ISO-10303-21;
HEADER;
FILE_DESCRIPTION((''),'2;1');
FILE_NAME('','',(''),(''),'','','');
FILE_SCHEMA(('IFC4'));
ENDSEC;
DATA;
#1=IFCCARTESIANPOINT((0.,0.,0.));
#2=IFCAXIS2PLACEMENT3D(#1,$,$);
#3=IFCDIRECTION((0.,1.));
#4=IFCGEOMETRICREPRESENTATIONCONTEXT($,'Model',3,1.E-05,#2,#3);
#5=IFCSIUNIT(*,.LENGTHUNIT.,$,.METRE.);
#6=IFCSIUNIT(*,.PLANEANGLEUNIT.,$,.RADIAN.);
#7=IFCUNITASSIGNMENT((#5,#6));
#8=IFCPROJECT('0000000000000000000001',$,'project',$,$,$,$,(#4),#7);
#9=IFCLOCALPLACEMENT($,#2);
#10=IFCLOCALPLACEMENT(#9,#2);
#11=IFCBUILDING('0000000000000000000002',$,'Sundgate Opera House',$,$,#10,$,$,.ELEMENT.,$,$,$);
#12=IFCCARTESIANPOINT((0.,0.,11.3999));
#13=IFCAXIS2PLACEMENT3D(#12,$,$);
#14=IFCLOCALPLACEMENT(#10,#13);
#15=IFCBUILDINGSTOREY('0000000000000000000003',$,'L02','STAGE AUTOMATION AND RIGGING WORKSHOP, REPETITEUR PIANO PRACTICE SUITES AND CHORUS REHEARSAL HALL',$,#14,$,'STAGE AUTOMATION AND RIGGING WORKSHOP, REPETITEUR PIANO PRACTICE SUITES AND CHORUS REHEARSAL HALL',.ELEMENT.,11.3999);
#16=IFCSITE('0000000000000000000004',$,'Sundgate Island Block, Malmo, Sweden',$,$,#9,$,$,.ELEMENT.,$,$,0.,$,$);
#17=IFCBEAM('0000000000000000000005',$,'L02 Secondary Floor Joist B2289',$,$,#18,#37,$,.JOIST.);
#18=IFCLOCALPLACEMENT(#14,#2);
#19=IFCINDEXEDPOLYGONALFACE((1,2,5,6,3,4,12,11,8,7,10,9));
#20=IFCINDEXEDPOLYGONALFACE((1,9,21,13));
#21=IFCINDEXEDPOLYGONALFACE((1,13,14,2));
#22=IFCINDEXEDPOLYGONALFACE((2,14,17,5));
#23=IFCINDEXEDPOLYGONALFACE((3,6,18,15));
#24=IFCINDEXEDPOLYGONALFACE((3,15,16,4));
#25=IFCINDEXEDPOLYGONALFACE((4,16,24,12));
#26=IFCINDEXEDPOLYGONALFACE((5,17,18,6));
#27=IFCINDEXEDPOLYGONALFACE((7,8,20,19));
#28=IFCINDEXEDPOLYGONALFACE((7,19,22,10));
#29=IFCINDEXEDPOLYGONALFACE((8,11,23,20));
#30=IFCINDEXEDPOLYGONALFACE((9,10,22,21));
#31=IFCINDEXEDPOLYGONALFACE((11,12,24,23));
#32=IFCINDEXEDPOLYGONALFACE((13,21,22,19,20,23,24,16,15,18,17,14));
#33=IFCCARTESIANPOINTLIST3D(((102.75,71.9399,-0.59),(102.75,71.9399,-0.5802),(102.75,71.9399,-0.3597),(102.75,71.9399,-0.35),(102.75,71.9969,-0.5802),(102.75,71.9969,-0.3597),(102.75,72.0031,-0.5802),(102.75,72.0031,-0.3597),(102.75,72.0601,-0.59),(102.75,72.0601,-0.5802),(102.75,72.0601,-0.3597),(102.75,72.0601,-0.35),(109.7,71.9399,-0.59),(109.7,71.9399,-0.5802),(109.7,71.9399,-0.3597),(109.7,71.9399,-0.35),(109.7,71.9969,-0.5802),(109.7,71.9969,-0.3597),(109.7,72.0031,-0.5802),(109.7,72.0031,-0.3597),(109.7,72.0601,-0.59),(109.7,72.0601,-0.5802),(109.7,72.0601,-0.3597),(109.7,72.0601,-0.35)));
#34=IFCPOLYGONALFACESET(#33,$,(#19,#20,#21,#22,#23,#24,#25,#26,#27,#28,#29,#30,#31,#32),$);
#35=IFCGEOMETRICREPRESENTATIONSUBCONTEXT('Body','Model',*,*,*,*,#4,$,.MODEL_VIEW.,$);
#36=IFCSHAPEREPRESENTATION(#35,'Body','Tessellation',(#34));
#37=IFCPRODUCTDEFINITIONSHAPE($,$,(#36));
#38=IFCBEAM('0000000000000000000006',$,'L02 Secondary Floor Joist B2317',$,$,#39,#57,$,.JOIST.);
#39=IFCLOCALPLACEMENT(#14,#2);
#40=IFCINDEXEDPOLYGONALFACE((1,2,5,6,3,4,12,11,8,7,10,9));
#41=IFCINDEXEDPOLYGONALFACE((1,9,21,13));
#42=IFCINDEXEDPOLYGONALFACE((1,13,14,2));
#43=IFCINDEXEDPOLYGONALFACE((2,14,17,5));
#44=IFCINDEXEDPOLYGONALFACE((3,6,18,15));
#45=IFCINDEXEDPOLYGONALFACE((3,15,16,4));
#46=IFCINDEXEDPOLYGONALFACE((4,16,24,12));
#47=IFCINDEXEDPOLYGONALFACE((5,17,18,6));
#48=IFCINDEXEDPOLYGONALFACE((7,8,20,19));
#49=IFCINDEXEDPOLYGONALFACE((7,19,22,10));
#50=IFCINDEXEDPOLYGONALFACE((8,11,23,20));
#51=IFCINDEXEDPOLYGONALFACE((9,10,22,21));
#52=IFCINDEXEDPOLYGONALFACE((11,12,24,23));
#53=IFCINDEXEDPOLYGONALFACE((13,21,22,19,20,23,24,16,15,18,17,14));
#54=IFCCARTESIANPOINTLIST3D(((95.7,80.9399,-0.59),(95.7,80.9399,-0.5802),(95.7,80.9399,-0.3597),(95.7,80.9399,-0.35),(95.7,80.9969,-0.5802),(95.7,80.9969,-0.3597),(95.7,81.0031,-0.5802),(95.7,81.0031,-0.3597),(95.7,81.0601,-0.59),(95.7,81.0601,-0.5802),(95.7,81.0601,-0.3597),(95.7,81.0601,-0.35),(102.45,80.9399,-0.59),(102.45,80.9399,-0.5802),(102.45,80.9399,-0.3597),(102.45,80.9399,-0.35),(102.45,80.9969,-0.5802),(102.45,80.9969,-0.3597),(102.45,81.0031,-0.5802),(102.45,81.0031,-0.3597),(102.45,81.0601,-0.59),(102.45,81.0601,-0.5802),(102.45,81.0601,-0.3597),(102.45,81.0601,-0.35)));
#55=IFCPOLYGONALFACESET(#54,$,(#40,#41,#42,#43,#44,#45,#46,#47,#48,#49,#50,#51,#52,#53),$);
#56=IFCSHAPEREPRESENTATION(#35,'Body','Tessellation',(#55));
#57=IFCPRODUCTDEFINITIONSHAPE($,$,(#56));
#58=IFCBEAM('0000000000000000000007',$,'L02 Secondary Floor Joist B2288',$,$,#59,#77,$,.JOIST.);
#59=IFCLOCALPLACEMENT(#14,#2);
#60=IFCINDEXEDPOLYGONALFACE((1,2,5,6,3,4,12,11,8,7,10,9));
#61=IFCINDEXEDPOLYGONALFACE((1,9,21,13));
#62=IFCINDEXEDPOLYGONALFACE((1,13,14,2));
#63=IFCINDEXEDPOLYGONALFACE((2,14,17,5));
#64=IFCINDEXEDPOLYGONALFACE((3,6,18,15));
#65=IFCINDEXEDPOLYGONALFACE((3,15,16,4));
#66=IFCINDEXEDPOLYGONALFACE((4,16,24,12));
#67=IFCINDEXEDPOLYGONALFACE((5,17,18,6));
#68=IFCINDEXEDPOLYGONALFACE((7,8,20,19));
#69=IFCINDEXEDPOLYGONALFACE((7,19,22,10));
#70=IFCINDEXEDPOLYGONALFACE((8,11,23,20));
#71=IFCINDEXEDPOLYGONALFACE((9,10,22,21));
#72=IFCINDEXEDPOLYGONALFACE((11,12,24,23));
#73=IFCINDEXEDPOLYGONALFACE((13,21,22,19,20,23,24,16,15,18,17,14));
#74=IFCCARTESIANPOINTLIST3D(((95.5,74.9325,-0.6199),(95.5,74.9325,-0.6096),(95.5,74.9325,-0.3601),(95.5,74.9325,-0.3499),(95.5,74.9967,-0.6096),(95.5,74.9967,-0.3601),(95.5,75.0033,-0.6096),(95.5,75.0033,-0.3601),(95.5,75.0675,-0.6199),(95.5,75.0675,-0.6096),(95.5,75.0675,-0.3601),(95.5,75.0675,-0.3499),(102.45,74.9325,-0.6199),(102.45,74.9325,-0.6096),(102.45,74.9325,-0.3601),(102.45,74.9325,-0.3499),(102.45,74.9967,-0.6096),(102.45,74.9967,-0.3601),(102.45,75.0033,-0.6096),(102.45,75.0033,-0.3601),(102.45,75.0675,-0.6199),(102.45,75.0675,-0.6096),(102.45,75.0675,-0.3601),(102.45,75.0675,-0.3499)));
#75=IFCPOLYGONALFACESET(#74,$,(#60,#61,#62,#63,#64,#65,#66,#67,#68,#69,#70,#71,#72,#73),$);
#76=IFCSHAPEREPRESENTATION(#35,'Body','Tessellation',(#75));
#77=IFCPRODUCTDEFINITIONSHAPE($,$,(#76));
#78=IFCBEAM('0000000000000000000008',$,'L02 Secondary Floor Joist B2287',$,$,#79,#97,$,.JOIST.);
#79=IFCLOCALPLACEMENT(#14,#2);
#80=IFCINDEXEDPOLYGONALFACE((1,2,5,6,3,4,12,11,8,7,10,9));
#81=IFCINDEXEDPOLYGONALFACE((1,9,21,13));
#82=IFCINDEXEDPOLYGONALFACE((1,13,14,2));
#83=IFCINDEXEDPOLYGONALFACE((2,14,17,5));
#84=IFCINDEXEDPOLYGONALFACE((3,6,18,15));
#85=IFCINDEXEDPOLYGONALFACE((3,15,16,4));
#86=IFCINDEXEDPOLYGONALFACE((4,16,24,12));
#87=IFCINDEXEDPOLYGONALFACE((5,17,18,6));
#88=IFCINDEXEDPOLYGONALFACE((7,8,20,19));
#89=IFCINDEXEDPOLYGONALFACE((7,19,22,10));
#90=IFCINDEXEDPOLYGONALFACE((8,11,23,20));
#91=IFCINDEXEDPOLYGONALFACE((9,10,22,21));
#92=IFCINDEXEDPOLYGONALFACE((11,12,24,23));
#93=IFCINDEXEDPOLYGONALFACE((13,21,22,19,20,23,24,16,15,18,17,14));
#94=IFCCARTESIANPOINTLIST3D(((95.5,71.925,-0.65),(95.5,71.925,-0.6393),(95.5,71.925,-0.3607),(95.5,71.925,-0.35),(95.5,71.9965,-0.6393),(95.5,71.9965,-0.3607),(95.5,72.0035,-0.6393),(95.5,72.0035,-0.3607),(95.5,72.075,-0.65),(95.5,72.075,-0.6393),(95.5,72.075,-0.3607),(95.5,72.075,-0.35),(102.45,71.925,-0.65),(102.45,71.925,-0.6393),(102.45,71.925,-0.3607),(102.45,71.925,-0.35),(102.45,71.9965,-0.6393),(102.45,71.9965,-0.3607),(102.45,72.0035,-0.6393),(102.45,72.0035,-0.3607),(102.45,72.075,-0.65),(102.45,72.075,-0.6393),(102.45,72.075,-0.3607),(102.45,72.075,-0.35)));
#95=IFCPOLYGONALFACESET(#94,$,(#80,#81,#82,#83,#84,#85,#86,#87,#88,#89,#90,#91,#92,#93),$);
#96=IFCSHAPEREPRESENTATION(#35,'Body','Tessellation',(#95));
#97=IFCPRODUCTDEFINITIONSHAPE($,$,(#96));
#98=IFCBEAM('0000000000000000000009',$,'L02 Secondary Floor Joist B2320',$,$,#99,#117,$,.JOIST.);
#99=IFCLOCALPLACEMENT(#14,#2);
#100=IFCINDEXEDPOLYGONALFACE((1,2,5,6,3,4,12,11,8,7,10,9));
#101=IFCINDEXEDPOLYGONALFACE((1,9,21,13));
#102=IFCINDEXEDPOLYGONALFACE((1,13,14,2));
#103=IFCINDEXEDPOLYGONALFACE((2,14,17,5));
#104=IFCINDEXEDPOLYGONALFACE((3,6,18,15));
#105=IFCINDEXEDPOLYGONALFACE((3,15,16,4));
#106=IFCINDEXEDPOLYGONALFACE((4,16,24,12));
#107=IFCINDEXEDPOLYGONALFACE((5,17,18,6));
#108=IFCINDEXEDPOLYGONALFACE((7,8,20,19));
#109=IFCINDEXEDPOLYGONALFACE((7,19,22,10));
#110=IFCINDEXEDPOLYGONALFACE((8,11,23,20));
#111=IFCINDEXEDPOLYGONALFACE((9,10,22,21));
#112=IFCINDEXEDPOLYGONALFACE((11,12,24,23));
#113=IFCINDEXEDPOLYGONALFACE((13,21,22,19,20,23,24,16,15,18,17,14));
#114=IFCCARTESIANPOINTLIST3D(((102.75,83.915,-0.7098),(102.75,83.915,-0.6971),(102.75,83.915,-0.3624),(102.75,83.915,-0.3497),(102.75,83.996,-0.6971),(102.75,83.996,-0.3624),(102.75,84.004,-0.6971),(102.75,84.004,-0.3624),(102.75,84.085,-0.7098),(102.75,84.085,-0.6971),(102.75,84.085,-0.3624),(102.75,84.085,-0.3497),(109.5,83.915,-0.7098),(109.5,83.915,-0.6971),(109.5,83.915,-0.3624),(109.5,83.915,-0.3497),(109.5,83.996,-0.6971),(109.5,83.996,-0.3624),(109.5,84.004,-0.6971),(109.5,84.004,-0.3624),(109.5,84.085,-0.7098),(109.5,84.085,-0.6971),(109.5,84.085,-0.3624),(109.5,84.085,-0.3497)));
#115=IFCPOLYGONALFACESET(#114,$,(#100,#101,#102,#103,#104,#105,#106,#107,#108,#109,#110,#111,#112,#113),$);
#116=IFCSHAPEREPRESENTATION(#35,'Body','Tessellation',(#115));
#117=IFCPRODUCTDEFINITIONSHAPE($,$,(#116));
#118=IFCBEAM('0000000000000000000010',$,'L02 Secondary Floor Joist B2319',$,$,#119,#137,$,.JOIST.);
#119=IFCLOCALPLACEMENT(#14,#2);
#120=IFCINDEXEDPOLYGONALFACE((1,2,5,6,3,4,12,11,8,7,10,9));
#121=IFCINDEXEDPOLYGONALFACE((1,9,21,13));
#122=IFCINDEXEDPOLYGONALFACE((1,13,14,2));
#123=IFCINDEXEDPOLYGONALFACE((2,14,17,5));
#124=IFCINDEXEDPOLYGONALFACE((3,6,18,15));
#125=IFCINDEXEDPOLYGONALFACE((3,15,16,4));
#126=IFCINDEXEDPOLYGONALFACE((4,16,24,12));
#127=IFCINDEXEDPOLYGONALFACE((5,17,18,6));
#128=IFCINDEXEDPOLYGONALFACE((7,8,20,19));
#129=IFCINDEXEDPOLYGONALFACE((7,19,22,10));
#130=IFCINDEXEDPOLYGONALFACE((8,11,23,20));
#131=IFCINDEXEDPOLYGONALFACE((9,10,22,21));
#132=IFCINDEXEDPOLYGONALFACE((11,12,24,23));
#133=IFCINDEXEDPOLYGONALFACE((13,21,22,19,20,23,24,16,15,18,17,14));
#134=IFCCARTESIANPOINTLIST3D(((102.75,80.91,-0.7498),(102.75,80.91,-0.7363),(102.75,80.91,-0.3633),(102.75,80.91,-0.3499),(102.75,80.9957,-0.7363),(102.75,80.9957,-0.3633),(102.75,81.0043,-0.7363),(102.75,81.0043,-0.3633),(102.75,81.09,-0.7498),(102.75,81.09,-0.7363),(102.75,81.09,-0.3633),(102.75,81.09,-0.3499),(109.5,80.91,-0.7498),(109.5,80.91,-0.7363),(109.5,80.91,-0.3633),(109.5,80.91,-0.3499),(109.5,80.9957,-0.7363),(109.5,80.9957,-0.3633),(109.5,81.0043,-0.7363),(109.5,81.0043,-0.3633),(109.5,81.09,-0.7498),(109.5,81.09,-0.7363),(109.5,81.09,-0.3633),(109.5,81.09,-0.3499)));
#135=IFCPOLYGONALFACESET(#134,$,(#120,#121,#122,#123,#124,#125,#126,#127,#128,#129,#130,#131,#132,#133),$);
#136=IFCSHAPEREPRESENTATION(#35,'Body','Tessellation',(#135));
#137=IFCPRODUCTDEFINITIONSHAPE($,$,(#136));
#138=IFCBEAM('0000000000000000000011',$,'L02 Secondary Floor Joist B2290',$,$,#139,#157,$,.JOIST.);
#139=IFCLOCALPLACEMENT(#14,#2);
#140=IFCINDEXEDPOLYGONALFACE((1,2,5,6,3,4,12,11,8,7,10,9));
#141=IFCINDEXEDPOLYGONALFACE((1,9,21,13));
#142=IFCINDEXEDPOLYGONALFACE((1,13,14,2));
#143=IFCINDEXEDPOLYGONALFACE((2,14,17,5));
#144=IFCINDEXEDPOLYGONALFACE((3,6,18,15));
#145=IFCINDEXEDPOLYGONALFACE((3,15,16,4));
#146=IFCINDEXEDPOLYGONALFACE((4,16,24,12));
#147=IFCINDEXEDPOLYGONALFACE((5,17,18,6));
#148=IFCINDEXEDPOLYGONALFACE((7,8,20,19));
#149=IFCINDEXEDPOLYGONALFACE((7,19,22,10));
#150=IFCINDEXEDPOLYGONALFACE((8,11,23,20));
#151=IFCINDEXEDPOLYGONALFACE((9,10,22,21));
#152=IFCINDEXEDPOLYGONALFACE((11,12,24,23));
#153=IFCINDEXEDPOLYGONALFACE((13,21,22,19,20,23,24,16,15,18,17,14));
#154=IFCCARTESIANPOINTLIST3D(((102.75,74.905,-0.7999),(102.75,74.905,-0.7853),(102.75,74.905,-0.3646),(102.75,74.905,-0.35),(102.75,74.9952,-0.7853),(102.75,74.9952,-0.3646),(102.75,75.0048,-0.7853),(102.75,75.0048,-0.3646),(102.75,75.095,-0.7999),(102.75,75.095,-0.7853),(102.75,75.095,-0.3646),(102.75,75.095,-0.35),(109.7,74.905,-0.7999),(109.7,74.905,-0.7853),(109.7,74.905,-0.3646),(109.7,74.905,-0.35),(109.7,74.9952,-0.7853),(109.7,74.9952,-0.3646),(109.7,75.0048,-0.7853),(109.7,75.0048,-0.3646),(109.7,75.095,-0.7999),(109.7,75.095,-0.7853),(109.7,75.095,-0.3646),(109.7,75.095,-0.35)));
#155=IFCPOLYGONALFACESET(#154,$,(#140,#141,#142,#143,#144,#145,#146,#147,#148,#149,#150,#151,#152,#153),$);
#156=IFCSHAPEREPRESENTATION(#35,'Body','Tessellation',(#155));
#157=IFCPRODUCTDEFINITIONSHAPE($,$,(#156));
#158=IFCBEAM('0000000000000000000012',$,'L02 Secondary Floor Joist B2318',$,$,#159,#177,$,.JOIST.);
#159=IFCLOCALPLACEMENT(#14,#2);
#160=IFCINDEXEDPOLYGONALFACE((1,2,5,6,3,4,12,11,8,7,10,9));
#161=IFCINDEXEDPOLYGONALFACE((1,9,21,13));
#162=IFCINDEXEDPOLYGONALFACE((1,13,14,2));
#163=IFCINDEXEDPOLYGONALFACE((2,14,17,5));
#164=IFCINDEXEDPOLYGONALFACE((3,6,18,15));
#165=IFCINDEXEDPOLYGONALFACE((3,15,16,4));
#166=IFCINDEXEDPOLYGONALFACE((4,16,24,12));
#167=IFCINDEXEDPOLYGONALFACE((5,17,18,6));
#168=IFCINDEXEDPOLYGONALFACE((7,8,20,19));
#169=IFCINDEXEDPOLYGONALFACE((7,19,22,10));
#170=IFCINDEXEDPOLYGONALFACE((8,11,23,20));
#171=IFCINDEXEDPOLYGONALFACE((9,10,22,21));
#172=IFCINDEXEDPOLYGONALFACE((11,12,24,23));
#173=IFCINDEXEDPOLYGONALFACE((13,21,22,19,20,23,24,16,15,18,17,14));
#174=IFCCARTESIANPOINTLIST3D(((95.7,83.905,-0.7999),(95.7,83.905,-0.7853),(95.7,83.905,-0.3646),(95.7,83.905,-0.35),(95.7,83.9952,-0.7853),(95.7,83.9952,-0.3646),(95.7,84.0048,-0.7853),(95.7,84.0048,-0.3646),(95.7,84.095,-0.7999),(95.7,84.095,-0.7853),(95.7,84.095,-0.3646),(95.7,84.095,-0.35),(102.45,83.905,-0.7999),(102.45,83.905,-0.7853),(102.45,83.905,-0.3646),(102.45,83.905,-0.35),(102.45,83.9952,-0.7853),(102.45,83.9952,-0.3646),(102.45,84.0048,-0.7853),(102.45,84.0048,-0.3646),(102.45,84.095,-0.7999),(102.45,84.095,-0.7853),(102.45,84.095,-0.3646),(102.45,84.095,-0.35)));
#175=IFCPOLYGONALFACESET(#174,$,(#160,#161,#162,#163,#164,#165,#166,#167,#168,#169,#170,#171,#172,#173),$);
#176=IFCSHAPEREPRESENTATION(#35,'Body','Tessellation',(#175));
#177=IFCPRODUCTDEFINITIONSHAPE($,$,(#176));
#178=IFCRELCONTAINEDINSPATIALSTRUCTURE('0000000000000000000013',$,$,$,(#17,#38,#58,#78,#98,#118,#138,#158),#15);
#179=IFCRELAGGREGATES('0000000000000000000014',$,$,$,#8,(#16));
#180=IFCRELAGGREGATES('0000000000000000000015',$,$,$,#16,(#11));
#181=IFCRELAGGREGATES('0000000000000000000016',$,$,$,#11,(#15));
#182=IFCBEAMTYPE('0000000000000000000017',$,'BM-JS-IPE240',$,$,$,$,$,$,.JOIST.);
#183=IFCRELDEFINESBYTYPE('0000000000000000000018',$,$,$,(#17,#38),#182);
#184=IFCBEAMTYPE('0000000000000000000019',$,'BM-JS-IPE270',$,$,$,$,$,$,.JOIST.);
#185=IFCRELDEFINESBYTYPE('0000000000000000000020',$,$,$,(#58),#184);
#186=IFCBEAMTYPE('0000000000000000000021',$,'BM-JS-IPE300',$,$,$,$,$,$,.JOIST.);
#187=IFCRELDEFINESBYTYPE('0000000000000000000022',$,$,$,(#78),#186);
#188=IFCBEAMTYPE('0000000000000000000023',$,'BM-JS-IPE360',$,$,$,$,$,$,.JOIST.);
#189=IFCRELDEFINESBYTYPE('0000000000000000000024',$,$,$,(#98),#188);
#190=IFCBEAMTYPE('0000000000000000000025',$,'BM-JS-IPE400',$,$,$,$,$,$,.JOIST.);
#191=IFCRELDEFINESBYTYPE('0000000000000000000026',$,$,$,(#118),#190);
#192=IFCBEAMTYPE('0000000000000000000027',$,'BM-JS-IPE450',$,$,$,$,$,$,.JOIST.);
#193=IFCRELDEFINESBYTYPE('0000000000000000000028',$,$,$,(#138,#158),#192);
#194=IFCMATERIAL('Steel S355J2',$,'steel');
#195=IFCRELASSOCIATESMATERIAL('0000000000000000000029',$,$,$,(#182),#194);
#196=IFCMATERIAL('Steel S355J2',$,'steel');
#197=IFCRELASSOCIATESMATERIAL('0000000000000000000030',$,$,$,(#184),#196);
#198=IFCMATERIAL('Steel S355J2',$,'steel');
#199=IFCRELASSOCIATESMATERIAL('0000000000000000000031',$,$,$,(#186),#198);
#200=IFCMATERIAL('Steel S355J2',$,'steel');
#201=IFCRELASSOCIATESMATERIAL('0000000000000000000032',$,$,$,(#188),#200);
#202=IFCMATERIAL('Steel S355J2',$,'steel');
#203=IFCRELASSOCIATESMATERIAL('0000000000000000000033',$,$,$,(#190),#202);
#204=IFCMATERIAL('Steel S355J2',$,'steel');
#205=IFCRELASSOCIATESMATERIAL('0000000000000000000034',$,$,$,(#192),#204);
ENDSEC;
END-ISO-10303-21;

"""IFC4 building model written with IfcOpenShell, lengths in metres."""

from ifc_helpers import new_model, si_unit, direction, frame, origin, origin_2d, place, context, subcontext, project, spatial, i_section, extrude, material, material_profile, profile_set, type_object, element, save


model = new_model("IFC4")

# Units and contexts
model_context = context("Model", 3, precision=1e-05, world=origin(), true_north=direction((0.0, 1.0)))
body_context = subcontext(model_context, "Body", "Model", "MODEL_VIEW")
ifc_project = project(units=[si_unit("LENGTHUNIT", "METRE"), si_unit("PLANEANGLEUNIT", "RADIAN")], contexts=[model_context])

# Site, building, storey
site_placement = place(None, origin())
site = spatial("IfcSite", under=ifc_project, at=site_placement, Name="Sundgate Island Block, Malmo, Sweden", CompositionType="ELEMENT", RefElevation=0.0)
building_placement = place(site_placement, origin())
building = spatial("IfcBuilding", under=site, at=building_placement, Name="Sundgate Opera House", CompositionType="ELEMENT")
storey_placement = place(building_placement, frame((0.0, 0.0, 11.3999)))
storey = spatial("IfcBuildingStorey", under=building, at=storey_placement, Name="L02", Description="STAGE AUTOMATION AND RIGGING WORKSHOP, REPETITEUR PIANO PRACTICE SUITES AND CHORUS REHEARSAL HALL", LongName="STAGE AUTOMATION AND RIGGING WORKSHOP, REPETITEUR PIANO PRACTICE SUITES AND CHORUS REHEARSAL HALL", CompositionType="ELEMENT", Elevation=11.3999)

# Beams
ifc_material_1 = material(Name="Steel S355J2", Category="steel")
ifc_material_profile_1 = material_profile(ifc_material_1, i_section(OverallWidth=0.1201, OverallDepth=0.24, WebThickness=0.0061, FlangeThickness=0.0098, at=origin_2d()), Name="IPE 240")
ifc_profile_set_1 = profile_set([ifc_material_profile_1], Name="Steel S355J2")
beam_type_1 = type_object("IfcBeamType", Name="BM-JS-IPE240", PredefinedType="JOIST", material=ifc_profile_set_1)
beam_1_placement = place(storey_placement, frame((102.75, 72.0, -0.47), z_axis=(1.0, 0.0, 0.0), x_axis=(0.0, 1.0, 0.0)))
element("IfcBeam", 1, at=beam_1_placement, inside=storey, type_object=beam_type_1, Name="L02 Secondary Floor Joist B2289", PredefinedType="JOIST", context=body_context, shape_type="SweptSolid", body=[
    extrude(i_section(OverallWidth=0.1201, OverallDepth=0.24, WebThickness=0.0061, FlangeThickness=0.0098, at=origin_2d()), origin(), (0.0, 0.0, 1.0), 6.95),
])
beam_2_placement = place(storey_placement, frame((95.7, 81.0, -0.47), z_axis=(1.0, 0.0, 0.0), x_axis=(0.0, 1.0, 0.0)))
element("IfcBeam", 2, at=beam_2_placement, inside=storey, type_object=beam_type_1, Name="L02 Secondary Floor Joist B2317", PredefinedType="JOIST", context=body_context, shape_type="SweptSolid", body=[
    extrude(i_section(OverallWidth=0.1201, OverallDepth=0.24, WebThickness=0.0061, FlangeThickness=0.0098, at=origin_2d()), origin(), (0.0, 0.0, 1.0), 6.75),
])
ifc_material_2 = material(Name="Steel S355J2", Category="steel")
ifc_material_profile_2 = material_profile(ifc_material_2, i_section(OverallWidth=0.135, OverallDepth=0.27, WebThickness=0.0066, FlangeThickness=0.0103, at=origin_2d()), Name="IPE 270")
ifc_profile_set_2 = profile_set([ifc_material_profile_2], Name="Steel S355J2")
beam_type_2 = type_object("IfcBeamType", Name="BM-JS-IPE270", PredefinedType="JOIST", material=ifc_profile_set_2)
beam_3_placement = place(storey_placement, frame((95.5, 75.0, -0.4849), z_axis=(1.0, 0.0, 0.0), x_axis=(0.0, 1.0, 0.0)))
element("IfcBeam", 3, at=beam_3_placement, inside=storey, type_object=beam_type_2, Name="L02 Secondary Floor Joist B2288", PredefinedType="JOIST", context=body_context, shape_type="SweptSolid", body=[
    extrude(i_section(OverallWidth=0.135, OverallDepth=0.27, WebThickness=0.0066, FlangeThickness=0.0103, at=origin_2d()), origin(), (0.0, 0.0, 1.0), 6.95),
])
ifc_material_3 = material(Name="Steel S355J2", Category="steel")
ifc_material_profile_3 = material_profile(ifc_material_3, i_section(OverallWidth=0.1499, OverallDepth=0.3, WebThickness=0.0071, FlangeThickness=0.0107, at=origin_2d()), Name="IPE 300")
ifc_profile_set_3 = profile_set([ifc_material_profile_3], Name="Steel S355J2")
beam_type_3 = type_object("IfcBeamType", Name="BM-JS-IPE300", PredefinedType="JOIST", material=ifc_profile_set_3)
beam_4_placement = place(storey_placement, frame((95.5, 72.0, -0.5), z_axis=(1.0, 0.0, 0.0), x_axis=(0.0, 1.0, 0.0)))
element("IfcBeam", 4, at=beam_4_placement, inside=storey, type_object=beam_type_3, Name="L02 Secondary Floor Joist B2287", PredefinedType="JOIST", context=body_context, shape_type="SweptSolid", body=[
    extrude(i_section(OverallWidth=0.1499, OverallDepth=0.3, WebThickness=0.0071, FlangeThickness=0.0107, at=origin_2d()), origin(), (0.0, 0.0, 1.0), 6.95),
])
ifc_material_4 = material(Name="Steel S355J2", Category="steel")
ifc_material_profile_4 = material_profile(ifc_material_4, i_section(OverallWidth=0.1699, OverallDepth=0.3601, WebThickness=0.0081, FlangeThickness=0.0127, at=origin_2d()), Name="IPE 360")
ifc_profile_set_4 = profile_set([ifc_material_profile_4], Name="Steel S355J2")
beam_type_4 = type_object("IfcBeamType", Name="BM-JS-IPE360", PredefinedType="JOIST", material=ifc_profile_set_4)
beam_5_placement = place(storey_placement, frame((102.75, 84.0, -0.5298), z_axis=(1.0, 0.0, 0.0), x_axis=(0.0, 1.0, 0.0)))
element("IfcBeam", 5, at=beam_5_placement, inside=storey, type_object=beam_type_4, Name="L02 Secondary Floor Joist B2320", PredefinedType="JOIST", context=body_context, shape_type="SweptSolid", body=[
    extrude(i_section(OverallWidth=0.1699, OverallDepth=0.3601, WebThickness=0.0081, FlangeThickness=0.0127, at=origin_2d()), origin(), (0.0, 0.0, 1.0), 6.75),
])
ifc_material_5 = material(Name="Steel S355J2", Category="steel")
ifc_material_profile_5 = material_profile(ifc_material_5, i_section(OverallWidth=0.1799, OverallDepth=0.3999, WebThickness=0.0085, FlangeThickness=0.0134, at=origin_2d()), Name="IPE 400")
ifc_profile_set_5 = profile_set([ifc_material_profile_5], Name="Steel S355J2")
beam_type_5 = type_object("IfcBeamType", Name="BM-JS-IPE400", PredefinedType="JOIST", material=ifc_profile_set_5)
beam_6_placement = place(storey_placement, frame((102.75, 81.0, -0.5498), z_axis=(1.0, 0.0, 0.0), x_axis=(0.0, 1.0, 0.0)))
element("IfcBeam", 6, at=beam_6_placement, inside=storey, type_object=beam_type_5, Name="L02 Secondary Floor Joist B2319", PredefinedType="JOIST", context=body_context, shape_type="SweptSolid", body=[
    extrude(i_section(OverallWidth=0.1799, OverallDepth=0.3999, WebThickness=0.0085, FlangeThickness=0.0134, at=origin_2d()), origin(), (0.0, 0.0, 1.0), 6.75),
])
ifc_material_6 = material(Name="Steel S355J2", Category="steel")
ifc_material_profile_6 = material_profile(ifc_material_6, i_section(OverallWidth=0.1899, OverallDepth=0.45, WebThickness=0.0095, FlangeThickness=0.0146, at=origin_2d()), Name="IPE 450")
ifc_profile_set_6 = profile_set([ifc_material_profile_6], Name="Steel S355J2")
beam_type_6 = type_object("IfcBeamType", Name="BM-JS-IPE450", PredefinedType="JOIST", material=ifc_profile_set_6)
beam_7_placement = place(storey_placement, frame((102.75, 75.0, -0.575), z_axis=(1.0, 0.0, 0.0), x_axis=(0.0, 1.0, 0.0)))
element("IfcBeam", 7, at=beam_7_placement, inside=storey, type_object=beam_type_6, Name="L02 Secondary Floor Joist B2290", PredefinedType="JOIST", context=body_context, shape_type="SweptSolid", body=[
    extrude(i_section(OverallWidth=0.1899, OverallDepth=0.45, WebThickness=0.0095, FlangeThickness=0.0146, at=origin_2d()), origin(), (0.0, 0.0, 1.0), 6.95),
])
beam_8_placement = place(storey_placement, frame((95.7, 84.0, -0.575), z_axis=(1.0, 0.0, 0.0), x_axis=(0.0, 1.0, 0.0)))
element("IfcBeam", 8, at=beam_8_placement, inside=storey, type_object=beam_type_6, Name="L02 Secondary Floor Joist B2318", PredefinedType="JOIST", context=body_context, shape_type="SweptSolid", body=[
    extrude(i_section(OverallWidth=0.1899, OverallDepth=0.45, WebThickness=0.0095, FlangeThickness=0.0146, at=origin_2d()), origin(), (0.0, 0.0, 1.0), 6.75),
])

save(model, "model.ifc")
